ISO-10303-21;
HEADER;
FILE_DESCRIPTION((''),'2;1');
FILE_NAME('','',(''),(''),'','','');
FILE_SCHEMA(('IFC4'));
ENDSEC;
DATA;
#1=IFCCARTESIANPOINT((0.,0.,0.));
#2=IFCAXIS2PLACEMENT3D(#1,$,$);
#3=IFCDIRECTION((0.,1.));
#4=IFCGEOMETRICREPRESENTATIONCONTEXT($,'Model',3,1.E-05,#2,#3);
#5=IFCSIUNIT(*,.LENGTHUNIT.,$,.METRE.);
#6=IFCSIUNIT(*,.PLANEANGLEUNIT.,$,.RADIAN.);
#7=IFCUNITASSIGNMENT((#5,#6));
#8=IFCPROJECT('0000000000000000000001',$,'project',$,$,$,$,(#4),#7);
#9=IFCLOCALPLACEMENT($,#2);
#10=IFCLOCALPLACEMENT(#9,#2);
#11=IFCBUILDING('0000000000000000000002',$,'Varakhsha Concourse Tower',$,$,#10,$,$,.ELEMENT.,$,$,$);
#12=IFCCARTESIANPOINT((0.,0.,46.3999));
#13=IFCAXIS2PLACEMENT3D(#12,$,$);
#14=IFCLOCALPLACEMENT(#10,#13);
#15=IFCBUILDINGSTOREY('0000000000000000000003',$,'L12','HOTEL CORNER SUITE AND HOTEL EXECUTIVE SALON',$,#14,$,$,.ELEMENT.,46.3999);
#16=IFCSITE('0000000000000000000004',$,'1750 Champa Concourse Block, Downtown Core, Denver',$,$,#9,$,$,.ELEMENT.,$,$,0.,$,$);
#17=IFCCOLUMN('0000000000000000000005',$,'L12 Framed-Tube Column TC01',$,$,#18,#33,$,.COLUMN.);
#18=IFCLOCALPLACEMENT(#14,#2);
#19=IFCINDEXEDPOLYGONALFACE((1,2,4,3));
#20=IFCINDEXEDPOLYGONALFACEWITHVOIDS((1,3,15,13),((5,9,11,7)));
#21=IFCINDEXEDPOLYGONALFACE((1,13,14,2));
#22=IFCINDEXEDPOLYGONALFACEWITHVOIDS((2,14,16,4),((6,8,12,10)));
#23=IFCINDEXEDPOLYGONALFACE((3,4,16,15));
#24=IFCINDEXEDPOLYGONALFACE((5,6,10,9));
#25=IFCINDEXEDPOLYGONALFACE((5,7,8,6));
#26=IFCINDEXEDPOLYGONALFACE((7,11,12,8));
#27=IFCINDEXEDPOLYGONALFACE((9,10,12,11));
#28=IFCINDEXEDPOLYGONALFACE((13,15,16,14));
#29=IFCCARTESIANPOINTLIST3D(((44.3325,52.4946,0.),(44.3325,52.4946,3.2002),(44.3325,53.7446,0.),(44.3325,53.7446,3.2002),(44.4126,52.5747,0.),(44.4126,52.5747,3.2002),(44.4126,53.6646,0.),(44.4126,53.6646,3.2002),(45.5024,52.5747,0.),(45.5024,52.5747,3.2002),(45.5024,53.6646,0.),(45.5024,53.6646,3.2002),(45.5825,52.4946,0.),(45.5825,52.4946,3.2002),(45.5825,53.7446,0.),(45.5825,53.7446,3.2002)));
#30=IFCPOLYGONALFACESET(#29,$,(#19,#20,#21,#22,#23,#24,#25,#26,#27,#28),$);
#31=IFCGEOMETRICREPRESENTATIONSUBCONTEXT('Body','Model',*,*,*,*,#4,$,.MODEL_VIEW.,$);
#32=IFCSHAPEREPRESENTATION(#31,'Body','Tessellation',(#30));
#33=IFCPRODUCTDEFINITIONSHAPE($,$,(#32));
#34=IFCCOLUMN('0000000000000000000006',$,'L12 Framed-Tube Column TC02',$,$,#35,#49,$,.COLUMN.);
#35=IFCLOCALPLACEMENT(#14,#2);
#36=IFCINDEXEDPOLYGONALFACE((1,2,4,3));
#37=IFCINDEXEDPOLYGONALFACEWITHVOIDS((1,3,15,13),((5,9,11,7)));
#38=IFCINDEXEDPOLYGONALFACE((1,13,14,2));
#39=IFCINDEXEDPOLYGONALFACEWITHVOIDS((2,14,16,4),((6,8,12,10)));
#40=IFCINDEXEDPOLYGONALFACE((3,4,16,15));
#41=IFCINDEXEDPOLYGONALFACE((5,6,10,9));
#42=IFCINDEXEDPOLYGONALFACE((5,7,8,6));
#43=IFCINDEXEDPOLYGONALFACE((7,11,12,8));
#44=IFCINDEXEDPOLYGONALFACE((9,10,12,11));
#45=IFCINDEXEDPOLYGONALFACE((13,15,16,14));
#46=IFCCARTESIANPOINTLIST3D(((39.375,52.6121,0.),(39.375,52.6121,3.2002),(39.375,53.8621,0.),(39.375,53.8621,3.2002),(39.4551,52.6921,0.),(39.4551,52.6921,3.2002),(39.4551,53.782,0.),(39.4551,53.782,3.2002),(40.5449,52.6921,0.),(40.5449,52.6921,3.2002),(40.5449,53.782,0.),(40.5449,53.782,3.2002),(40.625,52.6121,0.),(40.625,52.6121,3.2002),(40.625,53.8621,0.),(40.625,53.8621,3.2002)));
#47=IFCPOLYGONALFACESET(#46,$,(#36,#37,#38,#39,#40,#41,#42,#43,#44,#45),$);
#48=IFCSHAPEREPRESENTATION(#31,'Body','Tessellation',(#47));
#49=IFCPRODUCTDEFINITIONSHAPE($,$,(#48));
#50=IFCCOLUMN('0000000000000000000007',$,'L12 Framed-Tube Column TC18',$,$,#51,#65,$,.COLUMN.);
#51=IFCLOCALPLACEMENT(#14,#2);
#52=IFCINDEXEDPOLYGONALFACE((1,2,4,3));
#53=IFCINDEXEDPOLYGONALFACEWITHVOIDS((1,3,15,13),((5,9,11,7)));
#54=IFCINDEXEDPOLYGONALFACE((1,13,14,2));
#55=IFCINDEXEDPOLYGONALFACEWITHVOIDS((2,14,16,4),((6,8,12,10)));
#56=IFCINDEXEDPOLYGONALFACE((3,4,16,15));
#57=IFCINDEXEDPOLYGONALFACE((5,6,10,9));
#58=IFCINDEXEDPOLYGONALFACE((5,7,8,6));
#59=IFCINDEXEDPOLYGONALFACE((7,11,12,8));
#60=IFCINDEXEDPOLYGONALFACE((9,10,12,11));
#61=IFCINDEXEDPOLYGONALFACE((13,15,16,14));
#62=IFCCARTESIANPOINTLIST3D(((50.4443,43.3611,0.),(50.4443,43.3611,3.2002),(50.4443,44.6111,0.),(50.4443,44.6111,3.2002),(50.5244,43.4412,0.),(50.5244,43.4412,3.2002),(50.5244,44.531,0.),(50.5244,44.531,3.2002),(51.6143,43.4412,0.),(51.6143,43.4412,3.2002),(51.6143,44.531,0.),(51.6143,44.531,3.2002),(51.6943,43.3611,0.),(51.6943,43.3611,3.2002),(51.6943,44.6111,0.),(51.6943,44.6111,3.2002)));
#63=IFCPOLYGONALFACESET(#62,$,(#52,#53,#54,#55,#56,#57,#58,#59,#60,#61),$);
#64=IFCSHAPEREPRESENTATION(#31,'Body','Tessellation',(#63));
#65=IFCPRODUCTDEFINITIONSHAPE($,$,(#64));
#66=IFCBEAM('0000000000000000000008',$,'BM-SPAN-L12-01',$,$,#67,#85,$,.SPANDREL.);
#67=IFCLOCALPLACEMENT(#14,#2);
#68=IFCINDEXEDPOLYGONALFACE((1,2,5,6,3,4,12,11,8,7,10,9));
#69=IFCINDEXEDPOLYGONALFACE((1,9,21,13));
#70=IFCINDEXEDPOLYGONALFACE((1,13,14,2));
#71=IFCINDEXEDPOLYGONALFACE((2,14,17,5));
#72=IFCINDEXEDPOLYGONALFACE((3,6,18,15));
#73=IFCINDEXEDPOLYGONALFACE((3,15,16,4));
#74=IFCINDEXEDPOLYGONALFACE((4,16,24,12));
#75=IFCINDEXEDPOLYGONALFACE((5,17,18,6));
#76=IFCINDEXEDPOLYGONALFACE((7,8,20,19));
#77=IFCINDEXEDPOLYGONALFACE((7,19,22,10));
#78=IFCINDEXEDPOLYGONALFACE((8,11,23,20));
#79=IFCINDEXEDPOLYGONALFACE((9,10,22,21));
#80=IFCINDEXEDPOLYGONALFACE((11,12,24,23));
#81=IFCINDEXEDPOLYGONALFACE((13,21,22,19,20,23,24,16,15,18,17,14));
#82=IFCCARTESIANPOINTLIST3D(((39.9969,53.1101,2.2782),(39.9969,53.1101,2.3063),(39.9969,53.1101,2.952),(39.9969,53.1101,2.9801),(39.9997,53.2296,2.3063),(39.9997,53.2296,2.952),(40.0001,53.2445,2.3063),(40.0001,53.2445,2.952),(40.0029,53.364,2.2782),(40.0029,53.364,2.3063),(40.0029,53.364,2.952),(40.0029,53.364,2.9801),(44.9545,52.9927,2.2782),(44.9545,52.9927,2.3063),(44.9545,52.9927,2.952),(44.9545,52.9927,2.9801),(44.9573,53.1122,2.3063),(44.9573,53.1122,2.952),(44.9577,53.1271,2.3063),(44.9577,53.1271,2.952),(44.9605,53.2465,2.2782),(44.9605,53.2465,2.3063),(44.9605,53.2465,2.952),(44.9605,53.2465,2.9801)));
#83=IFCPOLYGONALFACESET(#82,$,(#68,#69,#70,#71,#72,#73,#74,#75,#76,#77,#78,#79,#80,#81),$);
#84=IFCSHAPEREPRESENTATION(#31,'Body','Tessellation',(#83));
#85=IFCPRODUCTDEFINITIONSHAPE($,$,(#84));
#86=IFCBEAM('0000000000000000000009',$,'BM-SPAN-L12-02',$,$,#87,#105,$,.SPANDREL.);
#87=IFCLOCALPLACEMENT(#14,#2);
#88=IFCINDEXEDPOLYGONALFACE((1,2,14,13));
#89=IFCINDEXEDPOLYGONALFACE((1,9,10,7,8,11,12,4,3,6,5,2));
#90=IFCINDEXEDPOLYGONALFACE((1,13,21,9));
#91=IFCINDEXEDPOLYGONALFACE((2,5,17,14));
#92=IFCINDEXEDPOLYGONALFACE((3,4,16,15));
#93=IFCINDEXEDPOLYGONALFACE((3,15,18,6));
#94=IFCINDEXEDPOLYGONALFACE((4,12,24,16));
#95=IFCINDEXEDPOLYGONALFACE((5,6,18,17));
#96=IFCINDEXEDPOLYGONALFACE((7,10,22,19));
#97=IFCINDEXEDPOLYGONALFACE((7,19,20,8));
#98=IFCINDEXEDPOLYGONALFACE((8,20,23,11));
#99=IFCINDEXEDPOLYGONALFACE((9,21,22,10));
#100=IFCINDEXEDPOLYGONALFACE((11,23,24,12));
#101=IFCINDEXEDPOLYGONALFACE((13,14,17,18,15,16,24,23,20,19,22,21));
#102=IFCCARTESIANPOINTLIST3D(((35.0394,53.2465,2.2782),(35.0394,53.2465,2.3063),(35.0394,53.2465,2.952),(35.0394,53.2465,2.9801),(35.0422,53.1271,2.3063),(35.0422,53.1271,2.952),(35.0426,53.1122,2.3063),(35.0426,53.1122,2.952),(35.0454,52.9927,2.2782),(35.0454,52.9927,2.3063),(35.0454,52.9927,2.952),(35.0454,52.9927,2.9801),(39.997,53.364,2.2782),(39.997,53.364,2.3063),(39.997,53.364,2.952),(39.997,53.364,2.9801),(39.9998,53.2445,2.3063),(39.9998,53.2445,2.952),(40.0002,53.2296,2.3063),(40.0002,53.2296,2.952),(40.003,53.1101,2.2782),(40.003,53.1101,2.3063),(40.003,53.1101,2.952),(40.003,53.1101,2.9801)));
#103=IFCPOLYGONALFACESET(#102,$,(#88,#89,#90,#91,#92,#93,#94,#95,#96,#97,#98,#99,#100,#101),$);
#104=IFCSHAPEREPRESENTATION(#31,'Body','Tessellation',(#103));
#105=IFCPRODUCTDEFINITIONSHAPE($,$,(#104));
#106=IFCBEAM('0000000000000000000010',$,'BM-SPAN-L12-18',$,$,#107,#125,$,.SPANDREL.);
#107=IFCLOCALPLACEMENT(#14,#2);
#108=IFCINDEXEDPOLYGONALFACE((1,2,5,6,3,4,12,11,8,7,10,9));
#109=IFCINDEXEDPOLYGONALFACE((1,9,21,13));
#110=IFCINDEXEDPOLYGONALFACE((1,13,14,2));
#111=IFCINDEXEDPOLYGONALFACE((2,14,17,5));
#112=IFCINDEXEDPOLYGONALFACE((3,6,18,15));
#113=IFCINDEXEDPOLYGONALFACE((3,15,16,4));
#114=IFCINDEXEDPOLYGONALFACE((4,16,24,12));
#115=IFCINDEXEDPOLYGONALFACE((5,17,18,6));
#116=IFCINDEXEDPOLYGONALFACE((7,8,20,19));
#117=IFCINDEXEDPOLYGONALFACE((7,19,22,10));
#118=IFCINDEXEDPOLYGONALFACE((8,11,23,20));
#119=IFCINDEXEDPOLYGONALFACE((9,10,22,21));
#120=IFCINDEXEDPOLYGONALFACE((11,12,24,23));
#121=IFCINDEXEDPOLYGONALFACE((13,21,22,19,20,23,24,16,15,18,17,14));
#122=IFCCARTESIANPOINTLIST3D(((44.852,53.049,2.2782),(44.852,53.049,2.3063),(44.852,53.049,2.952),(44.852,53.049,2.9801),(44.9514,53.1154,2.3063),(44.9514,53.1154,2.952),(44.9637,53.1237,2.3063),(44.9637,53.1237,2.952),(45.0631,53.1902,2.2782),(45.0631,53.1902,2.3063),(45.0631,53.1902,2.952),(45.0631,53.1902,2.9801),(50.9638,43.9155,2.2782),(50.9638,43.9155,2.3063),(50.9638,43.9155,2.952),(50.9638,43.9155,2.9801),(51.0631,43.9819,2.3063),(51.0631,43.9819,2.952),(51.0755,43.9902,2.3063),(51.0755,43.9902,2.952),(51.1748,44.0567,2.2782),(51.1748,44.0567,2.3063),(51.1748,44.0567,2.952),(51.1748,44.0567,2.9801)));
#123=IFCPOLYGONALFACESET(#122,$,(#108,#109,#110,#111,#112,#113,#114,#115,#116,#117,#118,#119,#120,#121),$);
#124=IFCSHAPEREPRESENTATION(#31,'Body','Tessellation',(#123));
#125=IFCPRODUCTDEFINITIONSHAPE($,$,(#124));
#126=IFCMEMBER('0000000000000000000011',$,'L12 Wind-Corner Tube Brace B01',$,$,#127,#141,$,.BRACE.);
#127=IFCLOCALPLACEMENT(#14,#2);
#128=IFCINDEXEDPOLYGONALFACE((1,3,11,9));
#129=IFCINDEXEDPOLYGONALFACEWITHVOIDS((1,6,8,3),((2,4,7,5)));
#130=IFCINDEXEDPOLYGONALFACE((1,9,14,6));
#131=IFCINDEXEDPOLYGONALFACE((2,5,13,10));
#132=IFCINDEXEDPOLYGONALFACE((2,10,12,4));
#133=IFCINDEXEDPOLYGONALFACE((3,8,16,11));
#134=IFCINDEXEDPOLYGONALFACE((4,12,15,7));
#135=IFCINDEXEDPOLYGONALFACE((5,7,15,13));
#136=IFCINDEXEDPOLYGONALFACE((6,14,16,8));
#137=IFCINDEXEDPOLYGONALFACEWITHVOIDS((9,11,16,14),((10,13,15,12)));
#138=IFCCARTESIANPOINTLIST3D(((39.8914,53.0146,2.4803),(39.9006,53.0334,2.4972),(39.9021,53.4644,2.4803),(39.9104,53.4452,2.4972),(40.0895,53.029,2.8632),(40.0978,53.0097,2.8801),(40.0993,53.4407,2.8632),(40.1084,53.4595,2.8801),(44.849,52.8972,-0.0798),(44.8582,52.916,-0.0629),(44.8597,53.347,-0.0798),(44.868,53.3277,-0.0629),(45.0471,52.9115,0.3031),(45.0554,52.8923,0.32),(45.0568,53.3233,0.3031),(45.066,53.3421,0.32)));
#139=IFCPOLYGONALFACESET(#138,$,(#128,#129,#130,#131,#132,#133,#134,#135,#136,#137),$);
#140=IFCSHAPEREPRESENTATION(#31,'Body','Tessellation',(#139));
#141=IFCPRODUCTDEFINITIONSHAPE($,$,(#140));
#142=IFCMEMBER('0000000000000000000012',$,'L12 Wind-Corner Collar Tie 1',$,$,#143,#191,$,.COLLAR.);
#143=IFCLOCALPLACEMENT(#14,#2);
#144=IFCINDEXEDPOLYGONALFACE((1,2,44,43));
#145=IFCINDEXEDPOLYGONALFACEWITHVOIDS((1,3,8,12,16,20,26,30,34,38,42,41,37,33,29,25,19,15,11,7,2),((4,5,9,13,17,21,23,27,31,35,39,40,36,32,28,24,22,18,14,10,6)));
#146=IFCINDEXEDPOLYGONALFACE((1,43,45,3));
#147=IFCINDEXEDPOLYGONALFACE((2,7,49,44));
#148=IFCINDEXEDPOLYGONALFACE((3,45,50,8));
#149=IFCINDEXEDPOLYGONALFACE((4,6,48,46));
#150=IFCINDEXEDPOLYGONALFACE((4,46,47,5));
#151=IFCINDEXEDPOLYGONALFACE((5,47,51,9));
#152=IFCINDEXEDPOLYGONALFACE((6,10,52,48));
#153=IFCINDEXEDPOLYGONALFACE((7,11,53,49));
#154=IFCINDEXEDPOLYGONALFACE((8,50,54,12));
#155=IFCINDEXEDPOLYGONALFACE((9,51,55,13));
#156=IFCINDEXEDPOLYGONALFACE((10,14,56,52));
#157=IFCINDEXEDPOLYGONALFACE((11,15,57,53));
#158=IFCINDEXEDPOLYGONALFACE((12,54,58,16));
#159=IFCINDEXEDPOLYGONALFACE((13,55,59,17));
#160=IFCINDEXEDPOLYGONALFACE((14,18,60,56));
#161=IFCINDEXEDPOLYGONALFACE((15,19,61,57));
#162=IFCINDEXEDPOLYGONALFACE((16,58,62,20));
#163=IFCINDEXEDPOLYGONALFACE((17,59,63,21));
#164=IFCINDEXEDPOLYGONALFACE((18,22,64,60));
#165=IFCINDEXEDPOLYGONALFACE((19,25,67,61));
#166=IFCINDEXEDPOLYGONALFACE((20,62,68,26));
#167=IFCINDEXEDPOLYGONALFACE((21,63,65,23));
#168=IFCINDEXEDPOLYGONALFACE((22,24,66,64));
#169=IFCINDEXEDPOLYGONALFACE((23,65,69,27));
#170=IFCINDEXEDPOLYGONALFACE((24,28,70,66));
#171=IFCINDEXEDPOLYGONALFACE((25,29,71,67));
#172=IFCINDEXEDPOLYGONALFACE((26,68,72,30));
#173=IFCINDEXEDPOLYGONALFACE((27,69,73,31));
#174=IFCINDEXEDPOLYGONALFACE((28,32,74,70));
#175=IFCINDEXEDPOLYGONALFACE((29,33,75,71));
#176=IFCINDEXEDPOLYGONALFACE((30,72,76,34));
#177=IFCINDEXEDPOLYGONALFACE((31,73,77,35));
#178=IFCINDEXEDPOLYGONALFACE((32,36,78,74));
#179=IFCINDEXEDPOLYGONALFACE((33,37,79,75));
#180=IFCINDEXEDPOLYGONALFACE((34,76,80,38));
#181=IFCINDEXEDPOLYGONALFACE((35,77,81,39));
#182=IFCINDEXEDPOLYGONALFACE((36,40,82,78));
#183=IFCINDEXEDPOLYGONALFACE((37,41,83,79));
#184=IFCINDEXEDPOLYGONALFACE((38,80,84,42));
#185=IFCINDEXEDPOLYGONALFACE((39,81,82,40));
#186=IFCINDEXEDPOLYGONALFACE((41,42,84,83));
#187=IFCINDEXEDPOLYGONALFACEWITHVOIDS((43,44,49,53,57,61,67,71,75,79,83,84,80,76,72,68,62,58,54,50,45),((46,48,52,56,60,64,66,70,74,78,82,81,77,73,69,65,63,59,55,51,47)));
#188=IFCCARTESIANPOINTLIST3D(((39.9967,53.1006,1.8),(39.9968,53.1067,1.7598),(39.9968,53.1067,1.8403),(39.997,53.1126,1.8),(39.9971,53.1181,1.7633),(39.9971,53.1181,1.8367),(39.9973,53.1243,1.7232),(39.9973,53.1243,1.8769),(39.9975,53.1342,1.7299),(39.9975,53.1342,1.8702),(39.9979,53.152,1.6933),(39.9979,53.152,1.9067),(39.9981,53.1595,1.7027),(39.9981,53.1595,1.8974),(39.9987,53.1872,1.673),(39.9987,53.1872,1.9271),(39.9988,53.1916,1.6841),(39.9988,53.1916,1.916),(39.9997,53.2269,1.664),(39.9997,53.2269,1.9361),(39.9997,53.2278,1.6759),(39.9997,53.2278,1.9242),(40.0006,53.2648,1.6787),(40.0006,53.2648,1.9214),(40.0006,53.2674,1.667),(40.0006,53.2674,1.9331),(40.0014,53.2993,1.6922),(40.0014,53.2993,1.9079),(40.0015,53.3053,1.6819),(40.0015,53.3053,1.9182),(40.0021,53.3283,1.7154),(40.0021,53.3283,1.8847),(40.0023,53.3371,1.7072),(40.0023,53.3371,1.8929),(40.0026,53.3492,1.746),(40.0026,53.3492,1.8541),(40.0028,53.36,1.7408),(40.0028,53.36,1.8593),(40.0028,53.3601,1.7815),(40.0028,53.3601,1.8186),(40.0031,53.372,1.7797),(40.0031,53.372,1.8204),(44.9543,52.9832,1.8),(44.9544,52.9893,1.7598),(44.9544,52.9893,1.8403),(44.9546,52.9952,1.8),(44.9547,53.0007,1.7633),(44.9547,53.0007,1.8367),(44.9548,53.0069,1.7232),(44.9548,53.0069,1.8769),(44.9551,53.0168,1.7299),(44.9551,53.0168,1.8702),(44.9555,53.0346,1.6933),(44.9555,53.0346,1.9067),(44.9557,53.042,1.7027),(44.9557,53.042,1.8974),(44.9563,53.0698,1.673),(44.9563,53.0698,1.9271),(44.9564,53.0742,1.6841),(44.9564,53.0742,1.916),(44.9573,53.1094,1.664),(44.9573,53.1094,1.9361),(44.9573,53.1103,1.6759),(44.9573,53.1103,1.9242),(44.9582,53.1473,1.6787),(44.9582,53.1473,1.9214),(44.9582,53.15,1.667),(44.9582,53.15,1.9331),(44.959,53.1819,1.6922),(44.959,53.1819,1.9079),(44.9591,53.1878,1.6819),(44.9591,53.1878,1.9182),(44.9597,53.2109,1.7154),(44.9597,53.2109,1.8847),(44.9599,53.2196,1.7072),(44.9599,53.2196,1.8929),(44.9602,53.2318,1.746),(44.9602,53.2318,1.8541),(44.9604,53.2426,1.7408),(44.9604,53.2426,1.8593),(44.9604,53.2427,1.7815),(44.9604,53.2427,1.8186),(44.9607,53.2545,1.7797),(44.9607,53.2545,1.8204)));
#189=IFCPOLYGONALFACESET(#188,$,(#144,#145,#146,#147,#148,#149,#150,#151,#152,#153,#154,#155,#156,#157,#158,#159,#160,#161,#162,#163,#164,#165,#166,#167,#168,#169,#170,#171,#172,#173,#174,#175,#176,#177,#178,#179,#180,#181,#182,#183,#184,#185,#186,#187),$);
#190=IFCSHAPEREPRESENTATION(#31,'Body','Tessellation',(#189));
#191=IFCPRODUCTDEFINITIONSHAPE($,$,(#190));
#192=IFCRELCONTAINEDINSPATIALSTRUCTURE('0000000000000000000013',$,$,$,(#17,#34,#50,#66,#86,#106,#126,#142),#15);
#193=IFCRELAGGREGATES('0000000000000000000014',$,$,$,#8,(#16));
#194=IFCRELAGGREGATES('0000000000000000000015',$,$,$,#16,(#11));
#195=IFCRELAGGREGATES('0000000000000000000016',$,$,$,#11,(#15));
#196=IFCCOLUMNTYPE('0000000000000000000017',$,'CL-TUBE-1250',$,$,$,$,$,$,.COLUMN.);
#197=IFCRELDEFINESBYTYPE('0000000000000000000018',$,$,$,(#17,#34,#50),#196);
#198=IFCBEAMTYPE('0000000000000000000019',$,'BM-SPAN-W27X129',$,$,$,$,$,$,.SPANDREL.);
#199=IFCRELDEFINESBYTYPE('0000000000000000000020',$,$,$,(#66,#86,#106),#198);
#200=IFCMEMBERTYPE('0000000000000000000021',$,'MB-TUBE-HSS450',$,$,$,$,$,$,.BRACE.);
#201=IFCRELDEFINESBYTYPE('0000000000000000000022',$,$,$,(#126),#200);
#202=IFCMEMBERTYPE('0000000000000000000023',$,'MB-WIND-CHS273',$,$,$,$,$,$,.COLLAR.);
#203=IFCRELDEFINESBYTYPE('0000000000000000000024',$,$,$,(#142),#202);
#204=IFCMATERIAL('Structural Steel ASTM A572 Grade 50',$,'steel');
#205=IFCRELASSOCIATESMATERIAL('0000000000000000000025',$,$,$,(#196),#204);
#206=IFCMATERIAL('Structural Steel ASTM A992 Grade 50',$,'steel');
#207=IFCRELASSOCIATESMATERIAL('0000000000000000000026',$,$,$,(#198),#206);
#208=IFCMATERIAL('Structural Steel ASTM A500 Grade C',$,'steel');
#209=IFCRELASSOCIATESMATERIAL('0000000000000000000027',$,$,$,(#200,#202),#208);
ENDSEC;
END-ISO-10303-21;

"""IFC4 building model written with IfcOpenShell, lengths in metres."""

from ifc_helpers import new_model, si_unit, direction, frame, origin, origin_2d, place, context, subcontext, project, spatial, hollow_rectangle, hollow_circle, i_section, extrude, source, transform, mapped, material, material_profile, profile_set, type_object, type_shapes, element, save


model = new_model("IFC4")

# Units and contexts
model_context = context("Model", 3, precision=1e-05, world=origin(), true_north=direction((0.0, 1.0)))
body_context = subcontext(model_context, "Body", "Model", "MODEL_VIEW")
ifc_project = project(units=[si_unit("LENGTHUNIT", "METRE"), si_unit("PLANEANGLEUNIT", "RADIAN")], contexts=[model_context])

# Site, building, storey
site_placement = place(None, origin())
site = spatial("IfcSite", under=ifc_project, at=site_placement, Name="1750 Champa Concourse Block, Downtown Core, Denver", CompositionType="ELEMENT", RefElevation=0.0)
building_placement = place(site_placement, origin())
building = spatial("IfcBuilding", under=site, at=building_placement, Name="Varakhsha Concourse Tower", CompositionType="ELEMENT")
storey_placement = place(building_placement, frame((0.0, 0.0, 46.3999)))
storey = spatial("IfcBuildingStorey", under=building, at=storey_placement, Name="L12", Description="HOTEL CORNER SUITE AND HOTEL EXECUTIVE SALON", CompositionType="ELEMENT", Elevation=46.3999)

# Columns
ifc_material_1 = material(Name="Structural Steel ASTM A572 Grade 50", Category="steel")
ifc_material_profile_1 = material_profile(ifc_material_1, hollow_rectangle(XDim=1.25, YDim=1.25, WallThickness=0.0801, at=origin_2d()), Name="BOX 1250x1250x80")
ifc_profile_set_1 = profile_set([ifc_material_profile_1], Name="Structural Steel ASTM A572 Grade 50")
column_type = type_object("IfcColumnType", Name="CL-TUBE-1250", PredefinedType="COLUMN", material=ifc_profile_set_1)
for number, where, z_axis, x_axis, name in (
    (1, (44.9575, 53.1196, 0.0), (0.0, 0.0, 1.0), (1.0, 0.0, 0.0), "L12 Framed-Tube Column TC01"),
    (2, (40.0, 53.2371, 0.0), (0.0, 0.0, 1.0), (1.0, 0.0, 0.0), "L12 Framed-Tube Column TC02"),
    (3, (51.0693, 43.9861, 0.0), (0.0, 0.0, 1.0), (1.0, 0.0, 0.0), "L12 Framed-Tube Column TC18"),
):
    element("IfcColumn", number, at=place(storey_placement, frame(where, z_axis=z_axis, x_axis=x_axis)), inside=storey, type_object=column_type, Name=name, PredefinedType="COLUMN", context=body_context, shape_type="SweptSolid", body=[
        extrude(hollow_rectangle(XDim=1.25, YDim=1.25, WallThickness=0.0801, at=origin_2d()), origin(), (0.0, 0.0, 1.0), 3.2002),
    ])

# Beams
ifc_material_2 = material(Name="Structural Steel ASTM A992 Grade 50", Category="steel")
ifc_material_profile_2 = material_profile(ifc_material_2, i_section(OverallWidth=0.2539, OverallDepth=0.7019, WebThickness=0.0149, FlangeThickness=0.0281, at=origin_2d()), Name="W27X129")
ifc_profile_set_2 = profile_set([ifc_material_profile_2], Name="Structural Steel ASTM A992 Grade 50")
beam_type = type_object("IfcBeamType", Name="BM-SPAN-W27X129", PredefinedType="SPANDREL", material=ifc_profile_set_2)
for number, where, z_axis, x_axis, name in (
    (4, (44.9575, 53.1196, 2.6292), (-0.99972, 0.023681, 0.0), (-0.023681, -0.99972, 0.0), "BM-SPAN-L12-01"),
    (5, (40.0, 53.2371, 2.6292), (-0.99972, -0.023681, 0.0), (0.023681, -0.99972, 0.0), "BM-SPAN-L12-02"),
):
    element("IfcBeam", number, at=place(storey_placement, frame(where, z_axis=z_axis, x_axis=x_axis)), inside=storey, type_object=beam_type, Name=name, PredefinedType="SPANDREL", context=body_context, shape_type="SweptSolid", body=[
        extrude(i_section(OverallWidth=0.2539, OverallDepth=0.7019, WebThickness=0.0149, FlangeThickness=0.0281, at=origin_2d()), origin(), (0.0, 0.0, 1.0), 4.959),
    ])
beam_placement = place(storey_placement, frame((51.0693, 43.9861, 2.6292), z_axis=(-0.556135, 0.831092, 0.0), x_axis=(-0.831092, -0.556135, 0.0)))
element("IfcBeam", 6, at=beam_placement, inside=storey, type_object=beam_type, Name="BM-SPAN-L12-18", PredefinedType="SPANDREL", context=body_context, shape_type="SweptSolid", body=[
    extrude(i_section(OverallWidth=0.2539, OverallDepth=0.7019, WebThickness=0.0149, FlangeThickness=0.0281, at=origin_2d()), origin(), (0.0, 0.0, 1.0), 10.9897),
])

# Members
ifc_material_3 = material(Name="Structural Steel ASTM A500 Grade C", Category="steel")
ifc_material_profile_3 = material_profile(ifc_material_3, hollow_rectangle(XDim=0.45, YDim=0.45, WallThickness=0.019, at=origin_2d()), Name="HSS 450x450x19")
ifc_profile_set_3 = profile_set([ifc_material_profile_3], Name="Structural Steel ASTM A500 Grade C")
member_type_1 = type_object("IfcMemberType", Name="MB-TUBE-HSS450", PredefinedType="BRACE", material=ifc_profile_set_3)
shared_shape_1 = source(origin(), body_context, "Body", "SweptSolid", [
    extrude(hollow_rectangle(XDim=0.45, YDim=0.45, WallThickness=0.019, at=origin_2d()), origin(), (0.0, 0.0, 1.0), 5.5808),
])
type_shapes(member_type_1, [shared_shape_1])
member_1_placement = place(storey_placement, frame((44.9575, 53.1196, 0.1201), z_axis=(-0.888326, 0.021042, 0.458731), x_axis=(-0.023681, -0.99972, 0.0)))
element("IfcMember", 7, at=member_1_placement, inside=storey, type_object=member_type_1, Name="L12 Wind-Corner Tube Brace B01", PredefinedType="BRACE", context=body_context, shape_type="MappedRepresentation", body=[
    mapped(shared_shape_1, transform((0.0, 0.0, 0.0), scale=1.0)),
])
ifc_material_profile_4 = material_profile(ifc_material_3, hollow_circle(Radius=0.1365, WallThickness=0.012, at=origin_2d()), Name="CHS 273x12")
ifc_profile_set_4 = profile_set([ifc_material_profile_4], Name="Structural Steel ASTM A500 Grade C")
member_type_2 = type_object("IfcMemberType", Name="MB-WIND-CHS273", PredefinedType="COLLAR", material=ifc_profile_set_4)
shared_shape_2 = source(origin(), body_context, "Body", "SweptSolid", [
    extrude(hollow_circle(Radius=0.1365, WallThickness=0.012, at=origin_2d()), origin(), (0.0, 0.0, 1.0), 4.959),
])
type_shapes(member_type_2, [shared_shape_2])
member_2_placement = place(storey_placement, frame((44.9575, 53.1196, 1.8), z_axis=(-0.99972, 0.023681, 0.0), x_axis=(-0.023681, -0.99972, 0.0)))
element("IfcMember", 8, at=member_2_placement, inside=storey, type_object=member_type_2, Name="L12 Wind-Corner Collar Tie 1", PredefinedType="COLLAR", context=body_context, shape_type="MappedRepresentation", body=[
    mapped(shared_shape_2, transform((0.0, 0.0, 0.0), scale=1.0)),
])

save(model, "model.ifc")
